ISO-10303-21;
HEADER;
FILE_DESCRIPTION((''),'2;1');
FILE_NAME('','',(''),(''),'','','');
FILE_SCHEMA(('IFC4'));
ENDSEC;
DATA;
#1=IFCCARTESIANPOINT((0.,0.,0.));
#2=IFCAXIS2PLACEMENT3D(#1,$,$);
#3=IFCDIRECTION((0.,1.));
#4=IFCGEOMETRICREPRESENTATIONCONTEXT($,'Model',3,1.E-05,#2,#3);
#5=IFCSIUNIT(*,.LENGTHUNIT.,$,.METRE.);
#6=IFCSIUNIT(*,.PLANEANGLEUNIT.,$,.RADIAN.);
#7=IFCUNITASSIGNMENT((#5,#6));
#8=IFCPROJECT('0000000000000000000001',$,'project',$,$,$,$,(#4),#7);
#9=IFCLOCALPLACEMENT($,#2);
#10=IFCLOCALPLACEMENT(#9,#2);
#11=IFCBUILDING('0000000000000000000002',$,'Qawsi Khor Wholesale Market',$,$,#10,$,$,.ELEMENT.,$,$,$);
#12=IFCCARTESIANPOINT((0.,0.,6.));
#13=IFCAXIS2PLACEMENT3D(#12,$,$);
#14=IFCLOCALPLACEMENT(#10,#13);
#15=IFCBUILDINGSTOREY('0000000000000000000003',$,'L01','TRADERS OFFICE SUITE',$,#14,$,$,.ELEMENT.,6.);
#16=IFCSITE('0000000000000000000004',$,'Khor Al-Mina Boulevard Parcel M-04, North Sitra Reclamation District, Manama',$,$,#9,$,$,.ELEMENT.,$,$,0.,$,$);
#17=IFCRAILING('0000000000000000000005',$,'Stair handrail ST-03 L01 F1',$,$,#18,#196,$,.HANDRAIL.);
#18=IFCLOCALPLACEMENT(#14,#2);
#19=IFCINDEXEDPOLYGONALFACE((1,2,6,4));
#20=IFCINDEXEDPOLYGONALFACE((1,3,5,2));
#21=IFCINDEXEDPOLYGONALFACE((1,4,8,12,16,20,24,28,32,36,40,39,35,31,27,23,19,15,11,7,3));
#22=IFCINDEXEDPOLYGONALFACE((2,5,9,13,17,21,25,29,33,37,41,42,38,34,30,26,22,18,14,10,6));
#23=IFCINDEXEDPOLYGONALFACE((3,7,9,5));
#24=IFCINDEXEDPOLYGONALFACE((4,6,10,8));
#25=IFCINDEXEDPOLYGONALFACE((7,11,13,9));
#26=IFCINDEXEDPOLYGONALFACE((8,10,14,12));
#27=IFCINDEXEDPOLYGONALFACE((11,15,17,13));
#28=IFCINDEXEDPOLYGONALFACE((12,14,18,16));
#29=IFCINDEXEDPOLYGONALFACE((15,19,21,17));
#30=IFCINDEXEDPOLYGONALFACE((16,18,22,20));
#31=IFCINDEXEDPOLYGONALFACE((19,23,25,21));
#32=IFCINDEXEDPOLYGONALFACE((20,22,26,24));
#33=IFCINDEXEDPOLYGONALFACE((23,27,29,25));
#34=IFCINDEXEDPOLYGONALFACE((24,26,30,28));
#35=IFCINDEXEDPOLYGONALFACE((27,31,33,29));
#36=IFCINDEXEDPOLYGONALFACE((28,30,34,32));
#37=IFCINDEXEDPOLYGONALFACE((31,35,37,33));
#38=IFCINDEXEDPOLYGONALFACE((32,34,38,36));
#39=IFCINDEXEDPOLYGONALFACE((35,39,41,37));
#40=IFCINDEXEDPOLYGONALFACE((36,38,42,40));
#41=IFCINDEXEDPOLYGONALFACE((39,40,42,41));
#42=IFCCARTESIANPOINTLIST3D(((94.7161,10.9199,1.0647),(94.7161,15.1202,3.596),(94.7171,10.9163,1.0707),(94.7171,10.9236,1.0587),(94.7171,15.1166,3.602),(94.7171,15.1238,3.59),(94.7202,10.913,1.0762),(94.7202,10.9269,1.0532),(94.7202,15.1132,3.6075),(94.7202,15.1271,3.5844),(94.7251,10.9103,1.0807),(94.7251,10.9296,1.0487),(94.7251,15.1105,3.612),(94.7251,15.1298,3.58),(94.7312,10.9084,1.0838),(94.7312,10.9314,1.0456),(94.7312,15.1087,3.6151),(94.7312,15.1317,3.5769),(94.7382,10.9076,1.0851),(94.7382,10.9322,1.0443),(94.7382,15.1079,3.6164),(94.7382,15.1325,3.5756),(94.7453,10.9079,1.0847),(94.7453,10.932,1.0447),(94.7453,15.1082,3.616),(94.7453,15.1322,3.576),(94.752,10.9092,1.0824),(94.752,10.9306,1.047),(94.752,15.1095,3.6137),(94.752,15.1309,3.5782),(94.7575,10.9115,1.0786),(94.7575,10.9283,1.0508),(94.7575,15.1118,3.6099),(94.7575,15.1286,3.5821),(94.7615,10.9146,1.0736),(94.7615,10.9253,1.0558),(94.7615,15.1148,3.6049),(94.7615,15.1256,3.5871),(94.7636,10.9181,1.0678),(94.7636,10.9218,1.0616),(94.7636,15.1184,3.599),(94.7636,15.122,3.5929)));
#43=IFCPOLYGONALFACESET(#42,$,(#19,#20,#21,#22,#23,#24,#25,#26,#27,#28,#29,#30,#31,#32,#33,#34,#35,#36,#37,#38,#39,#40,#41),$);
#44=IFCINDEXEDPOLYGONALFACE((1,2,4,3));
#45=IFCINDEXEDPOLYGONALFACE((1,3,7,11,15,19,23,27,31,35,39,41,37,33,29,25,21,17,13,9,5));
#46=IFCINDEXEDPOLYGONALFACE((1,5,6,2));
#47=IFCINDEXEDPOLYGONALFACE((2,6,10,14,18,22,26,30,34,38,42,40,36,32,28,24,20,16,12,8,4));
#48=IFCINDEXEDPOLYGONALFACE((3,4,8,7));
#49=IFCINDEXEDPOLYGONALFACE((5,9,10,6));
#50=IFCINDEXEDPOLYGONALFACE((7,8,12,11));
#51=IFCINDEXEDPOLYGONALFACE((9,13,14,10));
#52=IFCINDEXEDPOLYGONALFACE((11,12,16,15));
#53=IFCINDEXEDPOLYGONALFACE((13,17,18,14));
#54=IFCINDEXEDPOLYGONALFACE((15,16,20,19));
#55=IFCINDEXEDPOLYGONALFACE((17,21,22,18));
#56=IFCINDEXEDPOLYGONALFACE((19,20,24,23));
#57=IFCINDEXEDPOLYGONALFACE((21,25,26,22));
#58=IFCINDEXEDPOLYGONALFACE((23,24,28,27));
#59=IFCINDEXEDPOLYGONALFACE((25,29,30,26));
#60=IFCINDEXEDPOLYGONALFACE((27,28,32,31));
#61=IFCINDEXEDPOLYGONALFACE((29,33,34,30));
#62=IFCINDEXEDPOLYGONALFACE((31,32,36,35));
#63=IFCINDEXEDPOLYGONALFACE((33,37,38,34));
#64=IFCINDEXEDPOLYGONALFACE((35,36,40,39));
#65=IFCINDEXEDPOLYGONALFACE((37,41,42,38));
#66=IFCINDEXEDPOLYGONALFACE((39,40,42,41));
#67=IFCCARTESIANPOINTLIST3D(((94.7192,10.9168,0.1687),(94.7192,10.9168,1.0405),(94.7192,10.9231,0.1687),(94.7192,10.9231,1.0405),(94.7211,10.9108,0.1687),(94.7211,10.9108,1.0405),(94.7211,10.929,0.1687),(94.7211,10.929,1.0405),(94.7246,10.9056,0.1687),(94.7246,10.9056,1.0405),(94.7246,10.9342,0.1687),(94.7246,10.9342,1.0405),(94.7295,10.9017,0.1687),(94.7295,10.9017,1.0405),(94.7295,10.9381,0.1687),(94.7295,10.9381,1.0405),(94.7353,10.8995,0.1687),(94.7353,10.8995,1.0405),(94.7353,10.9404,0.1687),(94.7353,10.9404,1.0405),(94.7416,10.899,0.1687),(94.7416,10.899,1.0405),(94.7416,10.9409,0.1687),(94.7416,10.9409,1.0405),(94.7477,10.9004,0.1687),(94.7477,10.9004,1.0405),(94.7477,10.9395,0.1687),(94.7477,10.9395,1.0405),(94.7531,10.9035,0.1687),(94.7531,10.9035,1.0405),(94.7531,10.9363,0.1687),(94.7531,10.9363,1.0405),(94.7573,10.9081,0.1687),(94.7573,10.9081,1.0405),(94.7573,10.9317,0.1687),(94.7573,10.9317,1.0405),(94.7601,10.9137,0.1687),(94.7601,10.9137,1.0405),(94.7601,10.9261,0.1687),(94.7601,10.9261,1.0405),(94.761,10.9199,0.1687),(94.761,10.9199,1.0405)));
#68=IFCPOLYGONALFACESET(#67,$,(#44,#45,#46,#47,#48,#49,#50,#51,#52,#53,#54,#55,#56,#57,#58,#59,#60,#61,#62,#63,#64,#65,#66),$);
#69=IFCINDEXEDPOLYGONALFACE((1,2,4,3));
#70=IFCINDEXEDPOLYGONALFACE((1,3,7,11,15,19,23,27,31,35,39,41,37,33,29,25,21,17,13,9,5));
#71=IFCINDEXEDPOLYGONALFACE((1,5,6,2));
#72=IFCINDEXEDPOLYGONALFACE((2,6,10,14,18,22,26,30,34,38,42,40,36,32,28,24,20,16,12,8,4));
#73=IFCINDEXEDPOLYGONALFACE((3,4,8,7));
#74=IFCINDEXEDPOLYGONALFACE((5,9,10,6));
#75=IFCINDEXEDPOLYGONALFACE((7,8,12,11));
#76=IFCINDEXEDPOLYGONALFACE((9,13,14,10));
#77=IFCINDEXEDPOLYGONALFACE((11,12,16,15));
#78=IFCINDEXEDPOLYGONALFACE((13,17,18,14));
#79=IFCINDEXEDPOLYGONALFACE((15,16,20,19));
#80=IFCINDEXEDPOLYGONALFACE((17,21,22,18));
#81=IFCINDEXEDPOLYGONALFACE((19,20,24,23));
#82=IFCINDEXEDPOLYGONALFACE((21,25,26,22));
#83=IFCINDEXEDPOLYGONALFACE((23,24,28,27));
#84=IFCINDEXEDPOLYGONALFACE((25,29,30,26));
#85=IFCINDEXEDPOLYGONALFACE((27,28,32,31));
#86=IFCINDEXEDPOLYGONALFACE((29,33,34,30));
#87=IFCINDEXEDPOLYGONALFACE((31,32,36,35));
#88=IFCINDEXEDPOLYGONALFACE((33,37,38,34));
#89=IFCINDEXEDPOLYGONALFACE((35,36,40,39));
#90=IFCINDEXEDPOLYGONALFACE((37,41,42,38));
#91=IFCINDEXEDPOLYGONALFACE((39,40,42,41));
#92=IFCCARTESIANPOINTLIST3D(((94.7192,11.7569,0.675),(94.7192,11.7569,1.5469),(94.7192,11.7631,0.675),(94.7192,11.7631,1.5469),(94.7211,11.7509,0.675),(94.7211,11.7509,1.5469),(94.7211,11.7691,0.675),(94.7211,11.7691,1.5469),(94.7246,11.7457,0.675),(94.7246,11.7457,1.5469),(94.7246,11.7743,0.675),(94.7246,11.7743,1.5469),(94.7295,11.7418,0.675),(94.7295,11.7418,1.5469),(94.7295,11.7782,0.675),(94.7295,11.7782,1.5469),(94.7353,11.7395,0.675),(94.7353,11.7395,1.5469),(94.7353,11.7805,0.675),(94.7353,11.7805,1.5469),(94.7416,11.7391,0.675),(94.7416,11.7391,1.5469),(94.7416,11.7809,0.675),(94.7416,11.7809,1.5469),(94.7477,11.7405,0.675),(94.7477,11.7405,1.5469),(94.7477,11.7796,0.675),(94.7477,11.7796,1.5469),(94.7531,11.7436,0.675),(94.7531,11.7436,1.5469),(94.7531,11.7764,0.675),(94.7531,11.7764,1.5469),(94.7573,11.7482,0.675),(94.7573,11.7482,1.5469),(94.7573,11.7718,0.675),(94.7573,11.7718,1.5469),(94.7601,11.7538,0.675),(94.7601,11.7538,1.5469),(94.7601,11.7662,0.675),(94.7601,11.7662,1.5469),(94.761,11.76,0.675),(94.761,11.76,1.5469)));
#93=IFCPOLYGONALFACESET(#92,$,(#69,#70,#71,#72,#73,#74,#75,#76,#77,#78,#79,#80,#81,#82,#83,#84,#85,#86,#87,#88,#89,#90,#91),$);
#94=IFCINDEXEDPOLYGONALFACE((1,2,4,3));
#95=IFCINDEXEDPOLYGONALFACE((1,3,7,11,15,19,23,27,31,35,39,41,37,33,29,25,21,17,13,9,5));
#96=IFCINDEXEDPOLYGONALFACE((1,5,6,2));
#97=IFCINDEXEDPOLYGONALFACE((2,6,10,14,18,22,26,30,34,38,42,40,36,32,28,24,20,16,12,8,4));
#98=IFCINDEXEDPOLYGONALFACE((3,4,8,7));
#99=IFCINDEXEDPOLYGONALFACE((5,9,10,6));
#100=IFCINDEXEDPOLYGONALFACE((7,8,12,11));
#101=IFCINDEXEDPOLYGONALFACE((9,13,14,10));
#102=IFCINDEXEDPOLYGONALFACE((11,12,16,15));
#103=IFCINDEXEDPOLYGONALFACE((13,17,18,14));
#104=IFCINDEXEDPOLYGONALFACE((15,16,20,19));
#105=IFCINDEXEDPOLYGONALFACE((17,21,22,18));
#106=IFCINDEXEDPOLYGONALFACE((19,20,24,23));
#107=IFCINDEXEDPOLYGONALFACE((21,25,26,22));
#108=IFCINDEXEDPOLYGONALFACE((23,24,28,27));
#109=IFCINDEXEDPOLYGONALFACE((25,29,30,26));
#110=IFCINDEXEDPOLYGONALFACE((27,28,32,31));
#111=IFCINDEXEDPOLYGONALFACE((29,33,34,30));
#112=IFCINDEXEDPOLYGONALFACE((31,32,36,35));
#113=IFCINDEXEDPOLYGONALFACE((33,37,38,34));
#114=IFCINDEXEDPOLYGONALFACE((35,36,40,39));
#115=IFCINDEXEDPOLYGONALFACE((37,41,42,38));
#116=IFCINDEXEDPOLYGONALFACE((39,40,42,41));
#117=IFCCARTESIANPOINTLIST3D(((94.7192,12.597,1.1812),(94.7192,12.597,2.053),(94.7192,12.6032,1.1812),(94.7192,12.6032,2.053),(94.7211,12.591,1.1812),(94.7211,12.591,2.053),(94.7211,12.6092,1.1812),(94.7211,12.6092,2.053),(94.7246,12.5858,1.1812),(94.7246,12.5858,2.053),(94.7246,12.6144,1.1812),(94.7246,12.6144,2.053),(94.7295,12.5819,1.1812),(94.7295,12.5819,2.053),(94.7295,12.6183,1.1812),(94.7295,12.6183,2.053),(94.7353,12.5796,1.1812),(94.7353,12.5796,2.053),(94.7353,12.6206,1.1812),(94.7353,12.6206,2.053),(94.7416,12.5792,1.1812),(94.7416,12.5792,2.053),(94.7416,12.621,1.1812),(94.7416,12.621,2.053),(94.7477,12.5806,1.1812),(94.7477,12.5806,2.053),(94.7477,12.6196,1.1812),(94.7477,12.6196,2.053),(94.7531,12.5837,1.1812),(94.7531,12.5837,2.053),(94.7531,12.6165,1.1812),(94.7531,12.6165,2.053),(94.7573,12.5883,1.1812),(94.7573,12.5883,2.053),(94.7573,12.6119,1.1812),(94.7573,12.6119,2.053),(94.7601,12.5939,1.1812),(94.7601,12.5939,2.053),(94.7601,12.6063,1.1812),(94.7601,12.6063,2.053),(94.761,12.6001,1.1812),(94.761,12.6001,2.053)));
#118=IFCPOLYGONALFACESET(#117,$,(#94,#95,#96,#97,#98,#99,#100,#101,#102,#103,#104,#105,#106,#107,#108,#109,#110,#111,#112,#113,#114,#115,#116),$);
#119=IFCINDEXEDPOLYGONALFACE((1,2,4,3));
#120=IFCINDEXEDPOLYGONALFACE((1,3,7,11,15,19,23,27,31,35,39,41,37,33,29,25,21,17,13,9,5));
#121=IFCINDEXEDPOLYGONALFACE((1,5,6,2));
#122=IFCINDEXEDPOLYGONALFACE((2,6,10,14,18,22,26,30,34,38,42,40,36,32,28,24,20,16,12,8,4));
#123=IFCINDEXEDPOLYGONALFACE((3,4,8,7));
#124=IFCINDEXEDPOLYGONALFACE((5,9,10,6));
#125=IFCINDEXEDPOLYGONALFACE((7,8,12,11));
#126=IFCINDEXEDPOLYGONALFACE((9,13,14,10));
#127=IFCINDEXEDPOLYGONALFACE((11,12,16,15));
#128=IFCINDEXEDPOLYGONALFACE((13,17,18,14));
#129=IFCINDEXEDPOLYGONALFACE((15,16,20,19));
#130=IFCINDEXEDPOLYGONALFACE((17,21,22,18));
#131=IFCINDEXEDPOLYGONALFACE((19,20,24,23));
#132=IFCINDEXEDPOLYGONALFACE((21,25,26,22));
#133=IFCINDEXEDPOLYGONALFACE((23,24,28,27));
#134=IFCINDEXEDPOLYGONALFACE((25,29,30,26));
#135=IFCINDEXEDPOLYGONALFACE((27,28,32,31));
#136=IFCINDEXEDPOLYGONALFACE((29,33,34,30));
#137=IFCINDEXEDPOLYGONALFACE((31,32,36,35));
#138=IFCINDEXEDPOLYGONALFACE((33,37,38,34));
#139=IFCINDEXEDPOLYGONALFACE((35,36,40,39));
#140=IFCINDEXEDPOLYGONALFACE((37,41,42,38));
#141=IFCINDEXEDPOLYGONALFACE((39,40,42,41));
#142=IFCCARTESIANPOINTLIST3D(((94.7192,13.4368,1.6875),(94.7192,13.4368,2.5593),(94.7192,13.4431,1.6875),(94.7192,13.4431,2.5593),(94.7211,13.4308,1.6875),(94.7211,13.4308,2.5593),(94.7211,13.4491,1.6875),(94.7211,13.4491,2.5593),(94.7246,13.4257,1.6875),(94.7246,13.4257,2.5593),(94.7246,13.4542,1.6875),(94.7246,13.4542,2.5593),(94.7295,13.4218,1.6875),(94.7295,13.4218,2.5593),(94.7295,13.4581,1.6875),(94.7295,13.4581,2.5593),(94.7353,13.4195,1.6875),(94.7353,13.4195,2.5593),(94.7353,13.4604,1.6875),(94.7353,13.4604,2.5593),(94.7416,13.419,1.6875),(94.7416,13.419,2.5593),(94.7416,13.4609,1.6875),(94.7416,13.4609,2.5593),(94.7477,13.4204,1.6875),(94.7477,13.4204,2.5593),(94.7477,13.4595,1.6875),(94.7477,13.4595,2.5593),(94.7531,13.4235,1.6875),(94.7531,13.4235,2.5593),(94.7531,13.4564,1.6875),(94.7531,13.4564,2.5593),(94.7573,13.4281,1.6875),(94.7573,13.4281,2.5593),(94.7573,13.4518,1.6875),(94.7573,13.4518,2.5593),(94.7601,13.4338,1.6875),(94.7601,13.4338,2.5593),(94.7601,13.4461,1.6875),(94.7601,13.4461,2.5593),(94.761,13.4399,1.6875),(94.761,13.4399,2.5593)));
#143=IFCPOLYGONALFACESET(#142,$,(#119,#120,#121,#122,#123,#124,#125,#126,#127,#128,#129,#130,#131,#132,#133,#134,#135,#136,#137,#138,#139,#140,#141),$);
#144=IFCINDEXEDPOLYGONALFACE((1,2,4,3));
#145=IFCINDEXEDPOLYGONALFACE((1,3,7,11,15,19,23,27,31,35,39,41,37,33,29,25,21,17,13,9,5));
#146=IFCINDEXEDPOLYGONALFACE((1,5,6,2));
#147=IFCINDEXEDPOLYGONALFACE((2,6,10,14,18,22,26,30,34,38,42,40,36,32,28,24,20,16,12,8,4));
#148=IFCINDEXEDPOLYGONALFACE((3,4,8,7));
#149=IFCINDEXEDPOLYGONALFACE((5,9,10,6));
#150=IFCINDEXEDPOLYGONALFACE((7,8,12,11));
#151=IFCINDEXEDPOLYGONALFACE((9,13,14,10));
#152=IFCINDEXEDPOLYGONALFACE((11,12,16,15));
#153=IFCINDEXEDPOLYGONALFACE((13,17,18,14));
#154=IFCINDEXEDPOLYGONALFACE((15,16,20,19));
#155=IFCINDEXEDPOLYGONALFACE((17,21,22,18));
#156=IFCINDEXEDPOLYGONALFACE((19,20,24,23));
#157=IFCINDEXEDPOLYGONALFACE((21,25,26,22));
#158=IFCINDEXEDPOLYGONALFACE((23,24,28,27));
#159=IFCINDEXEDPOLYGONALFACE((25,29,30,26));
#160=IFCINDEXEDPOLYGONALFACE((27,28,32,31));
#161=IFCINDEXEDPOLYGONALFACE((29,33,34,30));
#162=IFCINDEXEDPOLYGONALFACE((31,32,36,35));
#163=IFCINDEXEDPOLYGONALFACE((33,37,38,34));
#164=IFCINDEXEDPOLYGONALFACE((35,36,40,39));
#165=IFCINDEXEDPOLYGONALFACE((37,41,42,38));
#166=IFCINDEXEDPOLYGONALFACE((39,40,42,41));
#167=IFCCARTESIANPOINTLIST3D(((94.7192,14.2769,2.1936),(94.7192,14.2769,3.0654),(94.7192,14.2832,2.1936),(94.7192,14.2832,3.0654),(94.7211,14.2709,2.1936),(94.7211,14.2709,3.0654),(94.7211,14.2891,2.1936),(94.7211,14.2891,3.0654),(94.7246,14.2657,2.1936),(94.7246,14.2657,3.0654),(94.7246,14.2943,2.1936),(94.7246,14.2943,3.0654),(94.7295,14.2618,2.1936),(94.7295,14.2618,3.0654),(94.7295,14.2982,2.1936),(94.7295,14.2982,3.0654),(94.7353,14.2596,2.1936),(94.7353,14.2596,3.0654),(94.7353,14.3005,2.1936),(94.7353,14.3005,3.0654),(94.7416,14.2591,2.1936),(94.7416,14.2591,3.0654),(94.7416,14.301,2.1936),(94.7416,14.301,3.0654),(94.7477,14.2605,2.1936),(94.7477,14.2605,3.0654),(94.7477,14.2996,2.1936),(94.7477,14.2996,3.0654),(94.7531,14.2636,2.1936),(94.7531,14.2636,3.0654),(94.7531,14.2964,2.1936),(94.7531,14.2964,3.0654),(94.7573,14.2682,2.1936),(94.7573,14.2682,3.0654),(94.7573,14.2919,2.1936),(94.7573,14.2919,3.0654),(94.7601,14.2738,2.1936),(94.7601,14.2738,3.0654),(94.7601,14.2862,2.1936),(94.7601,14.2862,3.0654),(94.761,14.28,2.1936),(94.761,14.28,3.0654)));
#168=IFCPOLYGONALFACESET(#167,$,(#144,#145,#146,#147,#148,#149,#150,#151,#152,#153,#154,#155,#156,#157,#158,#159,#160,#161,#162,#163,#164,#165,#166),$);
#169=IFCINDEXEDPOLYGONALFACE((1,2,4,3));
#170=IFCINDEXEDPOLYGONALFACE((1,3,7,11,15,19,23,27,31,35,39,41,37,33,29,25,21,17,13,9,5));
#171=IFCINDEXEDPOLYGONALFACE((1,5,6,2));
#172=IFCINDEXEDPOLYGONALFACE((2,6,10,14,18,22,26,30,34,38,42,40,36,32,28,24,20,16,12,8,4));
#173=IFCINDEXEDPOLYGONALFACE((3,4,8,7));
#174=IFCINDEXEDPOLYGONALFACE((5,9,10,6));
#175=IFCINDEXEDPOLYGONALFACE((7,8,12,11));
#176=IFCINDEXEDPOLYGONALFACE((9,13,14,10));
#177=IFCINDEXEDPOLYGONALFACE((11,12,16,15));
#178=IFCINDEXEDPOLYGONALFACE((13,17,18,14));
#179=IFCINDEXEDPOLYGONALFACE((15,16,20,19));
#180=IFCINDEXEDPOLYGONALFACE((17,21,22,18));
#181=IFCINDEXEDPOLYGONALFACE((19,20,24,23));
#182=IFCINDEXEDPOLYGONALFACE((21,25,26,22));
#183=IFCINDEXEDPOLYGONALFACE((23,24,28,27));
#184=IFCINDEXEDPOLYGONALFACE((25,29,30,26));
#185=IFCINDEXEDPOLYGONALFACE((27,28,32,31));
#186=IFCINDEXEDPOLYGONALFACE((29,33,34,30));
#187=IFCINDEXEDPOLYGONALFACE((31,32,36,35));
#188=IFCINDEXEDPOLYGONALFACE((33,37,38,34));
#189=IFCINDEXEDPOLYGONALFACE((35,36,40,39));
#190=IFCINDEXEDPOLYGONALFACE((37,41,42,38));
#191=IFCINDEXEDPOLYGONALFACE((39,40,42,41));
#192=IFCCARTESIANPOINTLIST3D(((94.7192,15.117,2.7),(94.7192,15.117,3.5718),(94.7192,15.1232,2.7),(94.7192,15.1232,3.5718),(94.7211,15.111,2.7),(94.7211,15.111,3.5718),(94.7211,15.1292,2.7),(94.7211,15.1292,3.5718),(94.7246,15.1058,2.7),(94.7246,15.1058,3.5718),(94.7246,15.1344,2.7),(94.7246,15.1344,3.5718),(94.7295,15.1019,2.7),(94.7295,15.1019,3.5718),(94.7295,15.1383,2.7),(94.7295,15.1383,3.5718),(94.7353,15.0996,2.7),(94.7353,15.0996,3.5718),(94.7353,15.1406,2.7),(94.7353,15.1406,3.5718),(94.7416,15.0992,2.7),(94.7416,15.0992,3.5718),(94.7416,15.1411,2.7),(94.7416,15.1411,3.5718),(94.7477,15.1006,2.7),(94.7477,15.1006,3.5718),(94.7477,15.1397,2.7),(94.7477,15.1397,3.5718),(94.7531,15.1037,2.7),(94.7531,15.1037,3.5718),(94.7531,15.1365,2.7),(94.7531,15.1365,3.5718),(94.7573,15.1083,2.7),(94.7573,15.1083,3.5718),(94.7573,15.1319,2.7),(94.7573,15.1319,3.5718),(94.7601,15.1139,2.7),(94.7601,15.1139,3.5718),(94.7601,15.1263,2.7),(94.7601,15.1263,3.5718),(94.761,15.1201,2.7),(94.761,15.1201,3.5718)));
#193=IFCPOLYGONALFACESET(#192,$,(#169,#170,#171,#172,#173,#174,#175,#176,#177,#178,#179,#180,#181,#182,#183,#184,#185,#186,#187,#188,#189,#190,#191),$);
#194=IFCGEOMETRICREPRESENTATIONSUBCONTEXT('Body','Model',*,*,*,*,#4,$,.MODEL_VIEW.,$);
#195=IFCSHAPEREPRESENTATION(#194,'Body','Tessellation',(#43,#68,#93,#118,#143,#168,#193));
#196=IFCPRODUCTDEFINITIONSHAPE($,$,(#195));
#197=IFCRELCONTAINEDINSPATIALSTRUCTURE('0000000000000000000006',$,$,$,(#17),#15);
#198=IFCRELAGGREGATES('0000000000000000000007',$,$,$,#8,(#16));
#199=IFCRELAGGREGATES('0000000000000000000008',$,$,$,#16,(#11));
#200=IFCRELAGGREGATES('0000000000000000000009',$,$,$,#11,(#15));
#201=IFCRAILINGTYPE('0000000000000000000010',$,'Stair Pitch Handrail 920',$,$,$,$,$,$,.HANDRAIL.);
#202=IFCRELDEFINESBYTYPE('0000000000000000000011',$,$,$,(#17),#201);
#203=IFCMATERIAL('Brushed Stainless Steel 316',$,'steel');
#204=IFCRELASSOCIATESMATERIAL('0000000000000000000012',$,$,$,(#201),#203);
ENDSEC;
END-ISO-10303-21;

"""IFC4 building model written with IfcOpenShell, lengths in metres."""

from ifc_helpers import new_model, si_unit, direction, frame, origin, origin_2d, place, context, subcontext, project, spatial, circle, extrude, material, type_object, element, save


model = new_model("IFC4")

# Units and contexts
model_context = context("Model", 3, precision=1e-05, world=origin(), true_north=direction((0.0, 1.0)))
body_context = subcontext(model_context, "Body", "Model", "MODEL_VIEW")
ifc_project = project(units=[si_unit("LENGTHUNIT", "METRE"), si_unit("PLANEANGLEUNIT", "RADIAN")], contexts=[model_context])

# Site, building, storey
site_placement = place(None, origin())
site = spatial("IfcSite", under=ifc_project, at=site_placement, Name="Khor Al-Mina Boulevard Parcel M-04, North Sitra Reclamation District, Manama", CompositionType="ELEMENT", RefElevation=0.0)
building_placement = place(site_placement, origin())
building = spatial("IfcBuilding", under=site, at=building_placement, Name="Qawsi Khor Wholesale Market", CompositionType="ELEMENT")
storey_placement = place(building_placement, frame((0.0, 0.0, 6.0)))
storey = spatial("IfcBuildingStorey", under=building, at=storey_placement, Name="L01", Description="TRADERS OFFICE SUITE", CompositionType="ELEMENT", Elevation=6.0)

# Railing
ifc_material_1 = material(Name="Brushed Stainless Steel 316", Category="steel")
railing_type_1 = type_object("IfcRailingType", Name="Stair Pitch Handrail 920", PredefinedType="HANDRAIL", material=ifc_material_1)
railing_1_placement = place(storey_placement, frame((94.74, 10.9199, 0.1687)))
element("IfcRailing", 1, at=railing_1_placement, inside=storey, type_object=railing_type_1, Name="Stair handrail ST-03 L01 F1", PredefinedType="HANDRAIL", context=body_context, shape_type="SweptSolid", body=[
    extrude(circle(Radius=0.0239, at=origin_2d()), frame((0.0, 0.0, 0.896), z_axis=(0.0, 0.85649, 0.516164), x_axis=(-1.0, 0.0, 0.0)), (0.0, 0.0, 1.0), 4.9041),
    extrude(circle(Radius=0.021, at=origin_2d()), origin(), (0.0, 0.0, 1.0), 0.8718),
    extrude(circle(Radius=0.021, at=origin_2d()), frame((0.0, 0.8401, 0.5063)), (0.0, 0.0, 1.0), 0.8718),
    extrude(circle(Radius=0.021, at=origin_2d()), frame((0.0, 1.6802, 1.0125)), (0.0, 0.0, 1.0), 0.8718),
    extrude(circle(Radius=0.021, at=origin_2d()), frame((0.0, 2.52, 1.5188)), (0.0, 0.0, 1.0), 0.8718),
    extrude(circle(Radius=0.021, at=origin_2d()), frame((0.0, 3.3601, 2.0249)), (0.0, 0.0, 1.0), 0.8718),
    extrude(circle(Radius=0.021, at=origin_2d()), frame((0.0, 4.2002, 2.5312)), (0.0, 0.0, 1.0), 0.8718),
])

save(model, "model.ifc")
